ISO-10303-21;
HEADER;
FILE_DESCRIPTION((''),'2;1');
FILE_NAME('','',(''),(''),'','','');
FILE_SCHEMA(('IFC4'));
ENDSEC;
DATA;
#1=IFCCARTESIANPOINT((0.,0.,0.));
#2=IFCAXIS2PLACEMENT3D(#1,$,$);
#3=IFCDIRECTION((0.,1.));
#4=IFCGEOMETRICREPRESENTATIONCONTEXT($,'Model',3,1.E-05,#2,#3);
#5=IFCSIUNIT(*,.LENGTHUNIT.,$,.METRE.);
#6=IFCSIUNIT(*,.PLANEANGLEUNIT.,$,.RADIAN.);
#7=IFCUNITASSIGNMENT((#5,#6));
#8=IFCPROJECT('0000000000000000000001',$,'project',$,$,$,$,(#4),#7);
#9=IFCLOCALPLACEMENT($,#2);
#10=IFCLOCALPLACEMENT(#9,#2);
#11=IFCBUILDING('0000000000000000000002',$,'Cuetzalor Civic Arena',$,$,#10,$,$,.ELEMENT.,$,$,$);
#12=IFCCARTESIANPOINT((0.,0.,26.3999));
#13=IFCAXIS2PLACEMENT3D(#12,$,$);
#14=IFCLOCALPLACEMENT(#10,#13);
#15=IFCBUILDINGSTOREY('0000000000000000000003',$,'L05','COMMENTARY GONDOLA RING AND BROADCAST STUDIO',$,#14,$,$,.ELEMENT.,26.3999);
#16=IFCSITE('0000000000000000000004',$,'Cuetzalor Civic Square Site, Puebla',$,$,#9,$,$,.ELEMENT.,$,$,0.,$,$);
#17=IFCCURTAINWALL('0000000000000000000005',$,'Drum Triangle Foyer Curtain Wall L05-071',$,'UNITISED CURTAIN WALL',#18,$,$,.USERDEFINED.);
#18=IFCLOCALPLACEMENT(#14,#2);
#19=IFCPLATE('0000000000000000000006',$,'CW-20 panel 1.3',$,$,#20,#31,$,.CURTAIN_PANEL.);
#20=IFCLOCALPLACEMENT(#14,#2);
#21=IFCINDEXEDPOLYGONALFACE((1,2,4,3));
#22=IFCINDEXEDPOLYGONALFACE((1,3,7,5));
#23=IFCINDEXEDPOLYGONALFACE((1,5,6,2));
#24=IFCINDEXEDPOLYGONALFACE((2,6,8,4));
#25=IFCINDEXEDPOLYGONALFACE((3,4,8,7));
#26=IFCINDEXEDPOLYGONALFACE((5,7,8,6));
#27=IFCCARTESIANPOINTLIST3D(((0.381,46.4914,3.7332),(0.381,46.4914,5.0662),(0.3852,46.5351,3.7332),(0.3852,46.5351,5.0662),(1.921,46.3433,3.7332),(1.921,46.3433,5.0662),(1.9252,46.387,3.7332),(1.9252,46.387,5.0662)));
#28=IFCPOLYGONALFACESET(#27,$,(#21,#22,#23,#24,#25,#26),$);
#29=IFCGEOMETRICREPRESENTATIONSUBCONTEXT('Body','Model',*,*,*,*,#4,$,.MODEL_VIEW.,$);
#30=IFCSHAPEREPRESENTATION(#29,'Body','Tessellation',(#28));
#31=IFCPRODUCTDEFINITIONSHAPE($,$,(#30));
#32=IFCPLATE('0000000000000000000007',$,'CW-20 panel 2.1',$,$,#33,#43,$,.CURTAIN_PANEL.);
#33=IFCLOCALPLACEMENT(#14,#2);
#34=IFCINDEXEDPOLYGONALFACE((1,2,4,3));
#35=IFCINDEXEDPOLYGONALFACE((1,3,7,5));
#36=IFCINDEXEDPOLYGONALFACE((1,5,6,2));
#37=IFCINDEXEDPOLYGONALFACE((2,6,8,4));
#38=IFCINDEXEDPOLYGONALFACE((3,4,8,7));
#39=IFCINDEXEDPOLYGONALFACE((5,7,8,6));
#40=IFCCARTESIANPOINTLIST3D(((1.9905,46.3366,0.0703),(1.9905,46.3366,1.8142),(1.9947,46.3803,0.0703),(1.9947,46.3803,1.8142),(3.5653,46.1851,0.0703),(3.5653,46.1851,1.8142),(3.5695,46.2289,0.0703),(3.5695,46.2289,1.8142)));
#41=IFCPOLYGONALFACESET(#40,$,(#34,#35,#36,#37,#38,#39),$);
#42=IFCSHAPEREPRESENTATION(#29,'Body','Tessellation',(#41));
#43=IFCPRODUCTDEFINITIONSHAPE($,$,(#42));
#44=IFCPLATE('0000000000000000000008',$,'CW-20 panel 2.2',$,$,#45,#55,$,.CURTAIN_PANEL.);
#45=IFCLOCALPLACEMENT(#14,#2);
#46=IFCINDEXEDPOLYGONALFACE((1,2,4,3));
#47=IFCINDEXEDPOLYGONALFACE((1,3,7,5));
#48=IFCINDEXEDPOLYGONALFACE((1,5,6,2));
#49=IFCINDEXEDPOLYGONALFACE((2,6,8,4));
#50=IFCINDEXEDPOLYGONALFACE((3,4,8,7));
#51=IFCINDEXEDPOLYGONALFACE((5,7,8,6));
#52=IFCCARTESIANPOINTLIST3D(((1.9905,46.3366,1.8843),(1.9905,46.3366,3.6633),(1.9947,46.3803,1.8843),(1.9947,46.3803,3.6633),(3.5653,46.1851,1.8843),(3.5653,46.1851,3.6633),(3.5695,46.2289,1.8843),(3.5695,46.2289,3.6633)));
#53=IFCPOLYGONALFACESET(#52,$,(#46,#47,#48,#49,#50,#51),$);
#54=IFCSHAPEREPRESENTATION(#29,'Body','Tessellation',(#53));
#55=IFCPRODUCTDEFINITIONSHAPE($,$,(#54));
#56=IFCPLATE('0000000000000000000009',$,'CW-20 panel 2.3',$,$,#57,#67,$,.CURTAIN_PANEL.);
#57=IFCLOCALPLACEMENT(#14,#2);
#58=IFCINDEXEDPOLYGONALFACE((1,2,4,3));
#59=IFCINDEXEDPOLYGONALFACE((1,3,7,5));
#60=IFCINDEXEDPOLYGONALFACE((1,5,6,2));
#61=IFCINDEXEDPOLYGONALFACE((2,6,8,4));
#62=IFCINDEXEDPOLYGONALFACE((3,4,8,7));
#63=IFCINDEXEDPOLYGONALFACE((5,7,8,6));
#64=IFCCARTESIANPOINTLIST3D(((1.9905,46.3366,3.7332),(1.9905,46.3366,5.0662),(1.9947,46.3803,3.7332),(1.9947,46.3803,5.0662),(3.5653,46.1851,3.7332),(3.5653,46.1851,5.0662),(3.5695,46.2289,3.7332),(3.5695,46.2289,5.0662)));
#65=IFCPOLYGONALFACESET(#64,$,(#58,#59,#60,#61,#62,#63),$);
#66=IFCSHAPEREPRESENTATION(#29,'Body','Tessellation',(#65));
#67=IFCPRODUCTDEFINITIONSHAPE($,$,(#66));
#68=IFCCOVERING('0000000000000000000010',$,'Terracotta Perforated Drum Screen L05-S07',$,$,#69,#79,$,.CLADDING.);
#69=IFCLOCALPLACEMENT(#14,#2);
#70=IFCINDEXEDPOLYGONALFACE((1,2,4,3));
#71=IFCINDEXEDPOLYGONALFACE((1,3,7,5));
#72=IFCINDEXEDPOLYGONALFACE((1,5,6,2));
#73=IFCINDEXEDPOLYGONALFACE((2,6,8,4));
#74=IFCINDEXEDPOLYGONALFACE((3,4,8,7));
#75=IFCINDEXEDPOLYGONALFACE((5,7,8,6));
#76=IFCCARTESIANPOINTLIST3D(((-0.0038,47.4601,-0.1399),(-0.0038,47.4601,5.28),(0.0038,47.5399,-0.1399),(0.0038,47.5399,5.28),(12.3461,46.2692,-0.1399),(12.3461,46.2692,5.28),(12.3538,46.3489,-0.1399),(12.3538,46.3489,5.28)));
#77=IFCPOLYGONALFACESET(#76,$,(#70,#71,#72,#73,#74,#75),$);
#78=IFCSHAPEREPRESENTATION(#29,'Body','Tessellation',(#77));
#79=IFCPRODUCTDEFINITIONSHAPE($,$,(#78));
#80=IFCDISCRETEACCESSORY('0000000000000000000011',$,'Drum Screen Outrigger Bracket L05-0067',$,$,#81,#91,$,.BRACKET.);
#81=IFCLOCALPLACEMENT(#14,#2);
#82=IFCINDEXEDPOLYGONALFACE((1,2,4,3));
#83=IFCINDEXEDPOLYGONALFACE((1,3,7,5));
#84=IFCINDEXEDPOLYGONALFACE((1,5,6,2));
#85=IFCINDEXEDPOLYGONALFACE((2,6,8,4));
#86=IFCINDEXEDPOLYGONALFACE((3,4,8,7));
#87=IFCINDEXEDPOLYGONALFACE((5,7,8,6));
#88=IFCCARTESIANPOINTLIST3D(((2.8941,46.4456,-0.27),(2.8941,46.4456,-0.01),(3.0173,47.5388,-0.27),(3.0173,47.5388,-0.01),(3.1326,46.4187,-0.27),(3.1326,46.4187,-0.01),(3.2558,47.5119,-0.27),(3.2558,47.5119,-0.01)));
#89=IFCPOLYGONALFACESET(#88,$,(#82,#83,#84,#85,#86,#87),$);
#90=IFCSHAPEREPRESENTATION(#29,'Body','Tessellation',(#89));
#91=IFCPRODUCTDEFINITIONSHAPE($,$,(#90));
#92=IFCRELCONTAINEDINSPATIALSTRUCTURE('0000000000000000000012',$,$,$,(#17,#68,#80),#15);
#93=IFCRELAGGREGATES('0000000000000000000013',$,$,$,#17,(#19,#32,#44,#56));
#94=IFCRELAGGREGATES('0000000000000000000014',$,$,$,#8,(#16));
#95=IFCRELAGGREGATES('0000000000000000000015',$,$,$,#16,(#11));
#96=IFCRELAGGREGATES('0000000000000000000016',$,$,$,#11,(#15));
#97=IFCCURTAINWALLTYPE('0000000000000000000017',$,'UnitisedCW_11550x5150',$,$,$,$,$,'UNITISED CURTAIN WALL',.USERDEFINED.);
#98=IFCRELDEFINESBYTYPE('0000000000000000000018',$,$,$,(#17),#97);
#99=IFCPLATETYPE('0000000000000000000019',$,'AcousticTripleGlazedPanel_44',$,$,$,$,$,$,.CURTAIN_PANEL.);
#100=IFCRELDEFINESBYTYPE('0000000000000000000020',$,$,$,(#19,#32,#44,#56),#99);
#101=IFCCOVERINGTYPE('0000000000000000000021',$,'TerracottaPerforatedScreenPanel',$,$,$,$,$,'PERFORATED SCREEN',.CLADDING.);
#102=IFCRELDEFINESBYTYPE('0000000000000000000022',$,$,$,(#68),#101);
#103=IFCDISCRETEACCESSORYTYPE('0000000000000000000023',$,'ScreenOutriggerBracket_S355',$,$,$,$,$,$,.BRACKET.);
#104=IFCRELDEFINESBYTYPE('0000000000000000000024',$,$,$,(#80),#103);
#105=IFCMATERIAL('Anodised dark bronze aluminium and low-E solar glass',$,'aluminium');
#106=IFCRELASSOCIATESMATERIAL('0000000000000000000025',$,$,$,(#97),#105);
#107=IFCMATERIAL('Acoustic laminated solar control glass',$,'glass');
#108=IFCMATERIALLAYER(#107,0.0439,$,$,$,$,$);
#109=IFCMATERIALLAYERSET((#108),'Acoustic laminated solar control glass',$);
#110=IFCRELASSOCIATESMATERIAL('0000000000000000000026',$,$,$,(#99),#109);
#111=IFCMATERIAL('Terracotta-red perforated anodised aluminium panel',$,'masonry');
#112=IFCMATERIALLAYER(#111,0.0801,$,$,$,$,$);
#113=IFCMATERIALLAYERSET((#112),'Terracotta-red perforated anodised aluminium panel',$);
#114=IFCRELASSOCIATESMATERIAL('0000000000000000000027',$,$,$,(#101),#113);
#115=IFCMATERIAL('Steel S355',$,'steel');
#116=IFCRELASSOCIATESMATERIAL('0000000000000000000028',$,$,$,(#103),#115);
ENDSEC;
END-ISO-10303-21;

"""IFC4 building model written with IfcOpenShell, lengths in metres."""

from ifc_helpers import new_model, si_unit, direction, frame, frame_2d, origin, origin_2d, place, context, subcontext, project, spatial, rectangle, extrude, material, layer, layer_set, type_object, element, aggregate, save


model = new_model("IFC4")

# Units and contexts
model_context = context("Model", 3, precision=1e-05, world=origin(), true_north=direction((0.0, 1.0)))
body_context = subcontext(model_context, "Body", "Model", "MODEL_VIEW")
ifc_project = project(units=[si_unit("LENGTHUNIT", "METRE"), si_unit("PLANEANGLEUNIT", "RADIAN")], contexts=[model_context])

# Site, building, storey
site_placement = place(None, origin())
site = spatial("IfcSite", under=ifc_project, at=site_placement, Name="Cuetzalor Civic Square Site, Puebla", CompositionType="ELEMENT", RefElevation=0.0)
building_placement = place(site_placement, origin())
building = spatial("IfcBuilding", under=site, at=building_placement, Name="Cuetzalor Civic Arena", CompositionType="ELEMENT")
storey_placement = place(building_placement, frame((0.0, 0.0, 26.3999)))
storey = spatial("IfcBuildingStorey", under=building, at=storey_placement, Name="L05", Description="COMMENTARY GONDOLA RING AND BROADCAST STUDIO", CompositionType="ELEMENT", Elevation=26.3999)

# Curtain wall, plates
ifc_material_1 = material(Name="Anodised dark bronze aluminium and low-E solar glass", Category="aluminium")
curtain_wall_type = type_object("IfcCurtainWallType", Name="UnitisedCW_11550x5150", ElementType="UNITISED CURTAIN WALL", PredefinedType="USERDEFINED", material=ifc_material_1)
curtain_wall_placement = place(storey_placement, origin())
curtain_wall = element("IfcCurtainWall", 1, at=curtain_wall_placement, inside=storey, type_object=curtain_wall_type, Name="Drum Triangle Foyer Curtain Wall L05-071", ObjectType="UNITISED CURTAIN WALL", PredefinedType="USERDEFINED")
ifc_material_2 = material(Name="Acoustic laminated solar control glass", Category="glass")
ifc_layer_1 = layer(ifc_material_2, 0.0439)
ifc_layer_set_1 = layer_set([ifc_layer_1], Name="Acoustic laminated solar control glass")
plate_type = type_object("IfcPlateType", Name="AcousticTripleGlazedPanel_44", PredefinedType="CURTAIN_PANEL", material=ifc_layer_set_1)
plate_1_placement = place(storey_placement, frame((1.1531, 46.4392, 3.7332), z_axis=(0.0, 0.0, 1.0), x_axis=(0.995409, -0.095711, 0.0)))
plate_1 = element("IfcPlate", 2, at=plate_1_placement, type_object=plate_type, Name="CW-20 panel 1.3", PredefinedType="CURTAIN_PANEL", context=body_context, shape_type="SweptSolid", body=[
    extrude(rectangle(XDim=1.5471, YDim=0.0439, at=origin_2d()), origin(), (0.0, 0.0, 1.0), 1.333),
])
plate_2_placement = place(storey_placement, frame((2.78, 46.2827, 0.0703), z_axis=(0.0, 0.0, 1.0), x_axis=(0.995409, -0.095711, 0.0)))
plate_2 = element("IfcPlate", 3, at=plate_2_placement, type_object=plate_type, Name="CW-20 panel 2.1", PredefinedType="CURTAIN_PANEL", context=body_context, shape_type="SweptSolid", body=[
    extrude(rectangle(XDim=1.582, YDim=0.0439, at=origin_2d()), origin(), (0.0, 0.0, 1.0), 1.7439),
])
plate_3_placement = place(storey_placement, frame((2.78, 46.2827, 1.8843), z_axis=(0.0, 0.0, 1.0), x_axis=(0.995409, -0.095711, 0.0)))
plate_3 = element("IfcPlate", 4, at=plate_3_placement, type_object=plate_type, Name="CW-20 panel 2.2", PredefinedType="CURTAIN_PANEL", context=body_context, shape_type="SweptSolid", body=[
    extrude(rectangle(XDim=1.582, YDim=0.0439, at=origin_2d()), origin(), (0.0, 0.0, 1.0), 1.7791),
])
plate_4_placement = place(storey_placement, frame((2.78, 46.2827, 3.7332), z_axis=(0.0, 0.0, 1.0), x_axis=(0.995409, -0.095711, 0.0)))
plate_4 = element("IfcPlate", 5, at=plate_4_placement, type_object=plate_type, Name="CW-20 panel 2.3", PredefinedType="CURTAIN_PANEL", context=body_context, shape_type="SweptSolid", body=[
    extrude(rectangle(XDim=1.582, YDim=0.0439, at=origin_2d()), origin(), (0.0, 0.0, 1.0), 1.333),
])
aggregate(curtain_wall, [plate_1, plate_2, plate_3, plate_4])

# Covering
ifc_material_3 = material(Name="Terracotta-red perforated anodised aluminium panel", Category="masonry")
ifc_layer_2 = layer(ifc_material_3, 0.0801)
ifc_layer_set_2 = layer_set([ifc_layer_2], Name="Terracotta-red perforated anodised aluminium panel")
covering_type = type_object("IfcCoveringType", Name="TerracottaPerforatedScreenPanel", ElementType="PERFORATED SCREEN", PredefinedType="CLADDING", material=ifc_layer_set_2)
covering_placement = place(storey_placement, frame((0.0, 47.5, -0.1399), z_axis=(0.0, 0.0, 1.0), x_axis=(0.995383, -0.095986, 0.0)))
element("IfcCovering", 6, at=covering_placement, inside=storey, type_object=covering_type, Name="Terracotta Perforated Drum Screen L05-S07", PredefinedType="CLADDING", context=body_context, shape_type="SweptSolid", body=[
    extrude(rectangle(XDim=12.4072, YDim=0.0801, at=frame_2d((6.2036, 0.0))), origin(), (0.0, 0.0, 1.0), 5.4199),
])

# Discrete accessory
ifc_material_4 = material(Name="Steel S355", Category="steel")
discrete_accessory_type = type_object("IfcDiscreteAccessoryType", Name="ScreenOutriggerBracket_S355", PredefinedType="BRACKET", material=ifc_material_4)
discrete_accessory_placement = place(storey_placement, frame((3.075, 46.9788, -0.27), z_axis=(0.0, 0.0, 1.0), x_axis=(0.111989, 0.993709, 0.0)))
element("IfcDiscreteAccessory", 7, at=discrete_accessory_placement, inside=storey, type_object=discrete_accessory_type, Name="Drum Screen Outrigger Bracket L05-0067", PredefinedType="BRACKET", context=body_context, shape_type="SweptSolid", body=[
    extrude(rectangle(XDim=1.1001, YDim=0.24, at=origin_2d()), origin(), (0.0, 0.0, 1.0), 0.26),
])

save(model, "model.ifc")
